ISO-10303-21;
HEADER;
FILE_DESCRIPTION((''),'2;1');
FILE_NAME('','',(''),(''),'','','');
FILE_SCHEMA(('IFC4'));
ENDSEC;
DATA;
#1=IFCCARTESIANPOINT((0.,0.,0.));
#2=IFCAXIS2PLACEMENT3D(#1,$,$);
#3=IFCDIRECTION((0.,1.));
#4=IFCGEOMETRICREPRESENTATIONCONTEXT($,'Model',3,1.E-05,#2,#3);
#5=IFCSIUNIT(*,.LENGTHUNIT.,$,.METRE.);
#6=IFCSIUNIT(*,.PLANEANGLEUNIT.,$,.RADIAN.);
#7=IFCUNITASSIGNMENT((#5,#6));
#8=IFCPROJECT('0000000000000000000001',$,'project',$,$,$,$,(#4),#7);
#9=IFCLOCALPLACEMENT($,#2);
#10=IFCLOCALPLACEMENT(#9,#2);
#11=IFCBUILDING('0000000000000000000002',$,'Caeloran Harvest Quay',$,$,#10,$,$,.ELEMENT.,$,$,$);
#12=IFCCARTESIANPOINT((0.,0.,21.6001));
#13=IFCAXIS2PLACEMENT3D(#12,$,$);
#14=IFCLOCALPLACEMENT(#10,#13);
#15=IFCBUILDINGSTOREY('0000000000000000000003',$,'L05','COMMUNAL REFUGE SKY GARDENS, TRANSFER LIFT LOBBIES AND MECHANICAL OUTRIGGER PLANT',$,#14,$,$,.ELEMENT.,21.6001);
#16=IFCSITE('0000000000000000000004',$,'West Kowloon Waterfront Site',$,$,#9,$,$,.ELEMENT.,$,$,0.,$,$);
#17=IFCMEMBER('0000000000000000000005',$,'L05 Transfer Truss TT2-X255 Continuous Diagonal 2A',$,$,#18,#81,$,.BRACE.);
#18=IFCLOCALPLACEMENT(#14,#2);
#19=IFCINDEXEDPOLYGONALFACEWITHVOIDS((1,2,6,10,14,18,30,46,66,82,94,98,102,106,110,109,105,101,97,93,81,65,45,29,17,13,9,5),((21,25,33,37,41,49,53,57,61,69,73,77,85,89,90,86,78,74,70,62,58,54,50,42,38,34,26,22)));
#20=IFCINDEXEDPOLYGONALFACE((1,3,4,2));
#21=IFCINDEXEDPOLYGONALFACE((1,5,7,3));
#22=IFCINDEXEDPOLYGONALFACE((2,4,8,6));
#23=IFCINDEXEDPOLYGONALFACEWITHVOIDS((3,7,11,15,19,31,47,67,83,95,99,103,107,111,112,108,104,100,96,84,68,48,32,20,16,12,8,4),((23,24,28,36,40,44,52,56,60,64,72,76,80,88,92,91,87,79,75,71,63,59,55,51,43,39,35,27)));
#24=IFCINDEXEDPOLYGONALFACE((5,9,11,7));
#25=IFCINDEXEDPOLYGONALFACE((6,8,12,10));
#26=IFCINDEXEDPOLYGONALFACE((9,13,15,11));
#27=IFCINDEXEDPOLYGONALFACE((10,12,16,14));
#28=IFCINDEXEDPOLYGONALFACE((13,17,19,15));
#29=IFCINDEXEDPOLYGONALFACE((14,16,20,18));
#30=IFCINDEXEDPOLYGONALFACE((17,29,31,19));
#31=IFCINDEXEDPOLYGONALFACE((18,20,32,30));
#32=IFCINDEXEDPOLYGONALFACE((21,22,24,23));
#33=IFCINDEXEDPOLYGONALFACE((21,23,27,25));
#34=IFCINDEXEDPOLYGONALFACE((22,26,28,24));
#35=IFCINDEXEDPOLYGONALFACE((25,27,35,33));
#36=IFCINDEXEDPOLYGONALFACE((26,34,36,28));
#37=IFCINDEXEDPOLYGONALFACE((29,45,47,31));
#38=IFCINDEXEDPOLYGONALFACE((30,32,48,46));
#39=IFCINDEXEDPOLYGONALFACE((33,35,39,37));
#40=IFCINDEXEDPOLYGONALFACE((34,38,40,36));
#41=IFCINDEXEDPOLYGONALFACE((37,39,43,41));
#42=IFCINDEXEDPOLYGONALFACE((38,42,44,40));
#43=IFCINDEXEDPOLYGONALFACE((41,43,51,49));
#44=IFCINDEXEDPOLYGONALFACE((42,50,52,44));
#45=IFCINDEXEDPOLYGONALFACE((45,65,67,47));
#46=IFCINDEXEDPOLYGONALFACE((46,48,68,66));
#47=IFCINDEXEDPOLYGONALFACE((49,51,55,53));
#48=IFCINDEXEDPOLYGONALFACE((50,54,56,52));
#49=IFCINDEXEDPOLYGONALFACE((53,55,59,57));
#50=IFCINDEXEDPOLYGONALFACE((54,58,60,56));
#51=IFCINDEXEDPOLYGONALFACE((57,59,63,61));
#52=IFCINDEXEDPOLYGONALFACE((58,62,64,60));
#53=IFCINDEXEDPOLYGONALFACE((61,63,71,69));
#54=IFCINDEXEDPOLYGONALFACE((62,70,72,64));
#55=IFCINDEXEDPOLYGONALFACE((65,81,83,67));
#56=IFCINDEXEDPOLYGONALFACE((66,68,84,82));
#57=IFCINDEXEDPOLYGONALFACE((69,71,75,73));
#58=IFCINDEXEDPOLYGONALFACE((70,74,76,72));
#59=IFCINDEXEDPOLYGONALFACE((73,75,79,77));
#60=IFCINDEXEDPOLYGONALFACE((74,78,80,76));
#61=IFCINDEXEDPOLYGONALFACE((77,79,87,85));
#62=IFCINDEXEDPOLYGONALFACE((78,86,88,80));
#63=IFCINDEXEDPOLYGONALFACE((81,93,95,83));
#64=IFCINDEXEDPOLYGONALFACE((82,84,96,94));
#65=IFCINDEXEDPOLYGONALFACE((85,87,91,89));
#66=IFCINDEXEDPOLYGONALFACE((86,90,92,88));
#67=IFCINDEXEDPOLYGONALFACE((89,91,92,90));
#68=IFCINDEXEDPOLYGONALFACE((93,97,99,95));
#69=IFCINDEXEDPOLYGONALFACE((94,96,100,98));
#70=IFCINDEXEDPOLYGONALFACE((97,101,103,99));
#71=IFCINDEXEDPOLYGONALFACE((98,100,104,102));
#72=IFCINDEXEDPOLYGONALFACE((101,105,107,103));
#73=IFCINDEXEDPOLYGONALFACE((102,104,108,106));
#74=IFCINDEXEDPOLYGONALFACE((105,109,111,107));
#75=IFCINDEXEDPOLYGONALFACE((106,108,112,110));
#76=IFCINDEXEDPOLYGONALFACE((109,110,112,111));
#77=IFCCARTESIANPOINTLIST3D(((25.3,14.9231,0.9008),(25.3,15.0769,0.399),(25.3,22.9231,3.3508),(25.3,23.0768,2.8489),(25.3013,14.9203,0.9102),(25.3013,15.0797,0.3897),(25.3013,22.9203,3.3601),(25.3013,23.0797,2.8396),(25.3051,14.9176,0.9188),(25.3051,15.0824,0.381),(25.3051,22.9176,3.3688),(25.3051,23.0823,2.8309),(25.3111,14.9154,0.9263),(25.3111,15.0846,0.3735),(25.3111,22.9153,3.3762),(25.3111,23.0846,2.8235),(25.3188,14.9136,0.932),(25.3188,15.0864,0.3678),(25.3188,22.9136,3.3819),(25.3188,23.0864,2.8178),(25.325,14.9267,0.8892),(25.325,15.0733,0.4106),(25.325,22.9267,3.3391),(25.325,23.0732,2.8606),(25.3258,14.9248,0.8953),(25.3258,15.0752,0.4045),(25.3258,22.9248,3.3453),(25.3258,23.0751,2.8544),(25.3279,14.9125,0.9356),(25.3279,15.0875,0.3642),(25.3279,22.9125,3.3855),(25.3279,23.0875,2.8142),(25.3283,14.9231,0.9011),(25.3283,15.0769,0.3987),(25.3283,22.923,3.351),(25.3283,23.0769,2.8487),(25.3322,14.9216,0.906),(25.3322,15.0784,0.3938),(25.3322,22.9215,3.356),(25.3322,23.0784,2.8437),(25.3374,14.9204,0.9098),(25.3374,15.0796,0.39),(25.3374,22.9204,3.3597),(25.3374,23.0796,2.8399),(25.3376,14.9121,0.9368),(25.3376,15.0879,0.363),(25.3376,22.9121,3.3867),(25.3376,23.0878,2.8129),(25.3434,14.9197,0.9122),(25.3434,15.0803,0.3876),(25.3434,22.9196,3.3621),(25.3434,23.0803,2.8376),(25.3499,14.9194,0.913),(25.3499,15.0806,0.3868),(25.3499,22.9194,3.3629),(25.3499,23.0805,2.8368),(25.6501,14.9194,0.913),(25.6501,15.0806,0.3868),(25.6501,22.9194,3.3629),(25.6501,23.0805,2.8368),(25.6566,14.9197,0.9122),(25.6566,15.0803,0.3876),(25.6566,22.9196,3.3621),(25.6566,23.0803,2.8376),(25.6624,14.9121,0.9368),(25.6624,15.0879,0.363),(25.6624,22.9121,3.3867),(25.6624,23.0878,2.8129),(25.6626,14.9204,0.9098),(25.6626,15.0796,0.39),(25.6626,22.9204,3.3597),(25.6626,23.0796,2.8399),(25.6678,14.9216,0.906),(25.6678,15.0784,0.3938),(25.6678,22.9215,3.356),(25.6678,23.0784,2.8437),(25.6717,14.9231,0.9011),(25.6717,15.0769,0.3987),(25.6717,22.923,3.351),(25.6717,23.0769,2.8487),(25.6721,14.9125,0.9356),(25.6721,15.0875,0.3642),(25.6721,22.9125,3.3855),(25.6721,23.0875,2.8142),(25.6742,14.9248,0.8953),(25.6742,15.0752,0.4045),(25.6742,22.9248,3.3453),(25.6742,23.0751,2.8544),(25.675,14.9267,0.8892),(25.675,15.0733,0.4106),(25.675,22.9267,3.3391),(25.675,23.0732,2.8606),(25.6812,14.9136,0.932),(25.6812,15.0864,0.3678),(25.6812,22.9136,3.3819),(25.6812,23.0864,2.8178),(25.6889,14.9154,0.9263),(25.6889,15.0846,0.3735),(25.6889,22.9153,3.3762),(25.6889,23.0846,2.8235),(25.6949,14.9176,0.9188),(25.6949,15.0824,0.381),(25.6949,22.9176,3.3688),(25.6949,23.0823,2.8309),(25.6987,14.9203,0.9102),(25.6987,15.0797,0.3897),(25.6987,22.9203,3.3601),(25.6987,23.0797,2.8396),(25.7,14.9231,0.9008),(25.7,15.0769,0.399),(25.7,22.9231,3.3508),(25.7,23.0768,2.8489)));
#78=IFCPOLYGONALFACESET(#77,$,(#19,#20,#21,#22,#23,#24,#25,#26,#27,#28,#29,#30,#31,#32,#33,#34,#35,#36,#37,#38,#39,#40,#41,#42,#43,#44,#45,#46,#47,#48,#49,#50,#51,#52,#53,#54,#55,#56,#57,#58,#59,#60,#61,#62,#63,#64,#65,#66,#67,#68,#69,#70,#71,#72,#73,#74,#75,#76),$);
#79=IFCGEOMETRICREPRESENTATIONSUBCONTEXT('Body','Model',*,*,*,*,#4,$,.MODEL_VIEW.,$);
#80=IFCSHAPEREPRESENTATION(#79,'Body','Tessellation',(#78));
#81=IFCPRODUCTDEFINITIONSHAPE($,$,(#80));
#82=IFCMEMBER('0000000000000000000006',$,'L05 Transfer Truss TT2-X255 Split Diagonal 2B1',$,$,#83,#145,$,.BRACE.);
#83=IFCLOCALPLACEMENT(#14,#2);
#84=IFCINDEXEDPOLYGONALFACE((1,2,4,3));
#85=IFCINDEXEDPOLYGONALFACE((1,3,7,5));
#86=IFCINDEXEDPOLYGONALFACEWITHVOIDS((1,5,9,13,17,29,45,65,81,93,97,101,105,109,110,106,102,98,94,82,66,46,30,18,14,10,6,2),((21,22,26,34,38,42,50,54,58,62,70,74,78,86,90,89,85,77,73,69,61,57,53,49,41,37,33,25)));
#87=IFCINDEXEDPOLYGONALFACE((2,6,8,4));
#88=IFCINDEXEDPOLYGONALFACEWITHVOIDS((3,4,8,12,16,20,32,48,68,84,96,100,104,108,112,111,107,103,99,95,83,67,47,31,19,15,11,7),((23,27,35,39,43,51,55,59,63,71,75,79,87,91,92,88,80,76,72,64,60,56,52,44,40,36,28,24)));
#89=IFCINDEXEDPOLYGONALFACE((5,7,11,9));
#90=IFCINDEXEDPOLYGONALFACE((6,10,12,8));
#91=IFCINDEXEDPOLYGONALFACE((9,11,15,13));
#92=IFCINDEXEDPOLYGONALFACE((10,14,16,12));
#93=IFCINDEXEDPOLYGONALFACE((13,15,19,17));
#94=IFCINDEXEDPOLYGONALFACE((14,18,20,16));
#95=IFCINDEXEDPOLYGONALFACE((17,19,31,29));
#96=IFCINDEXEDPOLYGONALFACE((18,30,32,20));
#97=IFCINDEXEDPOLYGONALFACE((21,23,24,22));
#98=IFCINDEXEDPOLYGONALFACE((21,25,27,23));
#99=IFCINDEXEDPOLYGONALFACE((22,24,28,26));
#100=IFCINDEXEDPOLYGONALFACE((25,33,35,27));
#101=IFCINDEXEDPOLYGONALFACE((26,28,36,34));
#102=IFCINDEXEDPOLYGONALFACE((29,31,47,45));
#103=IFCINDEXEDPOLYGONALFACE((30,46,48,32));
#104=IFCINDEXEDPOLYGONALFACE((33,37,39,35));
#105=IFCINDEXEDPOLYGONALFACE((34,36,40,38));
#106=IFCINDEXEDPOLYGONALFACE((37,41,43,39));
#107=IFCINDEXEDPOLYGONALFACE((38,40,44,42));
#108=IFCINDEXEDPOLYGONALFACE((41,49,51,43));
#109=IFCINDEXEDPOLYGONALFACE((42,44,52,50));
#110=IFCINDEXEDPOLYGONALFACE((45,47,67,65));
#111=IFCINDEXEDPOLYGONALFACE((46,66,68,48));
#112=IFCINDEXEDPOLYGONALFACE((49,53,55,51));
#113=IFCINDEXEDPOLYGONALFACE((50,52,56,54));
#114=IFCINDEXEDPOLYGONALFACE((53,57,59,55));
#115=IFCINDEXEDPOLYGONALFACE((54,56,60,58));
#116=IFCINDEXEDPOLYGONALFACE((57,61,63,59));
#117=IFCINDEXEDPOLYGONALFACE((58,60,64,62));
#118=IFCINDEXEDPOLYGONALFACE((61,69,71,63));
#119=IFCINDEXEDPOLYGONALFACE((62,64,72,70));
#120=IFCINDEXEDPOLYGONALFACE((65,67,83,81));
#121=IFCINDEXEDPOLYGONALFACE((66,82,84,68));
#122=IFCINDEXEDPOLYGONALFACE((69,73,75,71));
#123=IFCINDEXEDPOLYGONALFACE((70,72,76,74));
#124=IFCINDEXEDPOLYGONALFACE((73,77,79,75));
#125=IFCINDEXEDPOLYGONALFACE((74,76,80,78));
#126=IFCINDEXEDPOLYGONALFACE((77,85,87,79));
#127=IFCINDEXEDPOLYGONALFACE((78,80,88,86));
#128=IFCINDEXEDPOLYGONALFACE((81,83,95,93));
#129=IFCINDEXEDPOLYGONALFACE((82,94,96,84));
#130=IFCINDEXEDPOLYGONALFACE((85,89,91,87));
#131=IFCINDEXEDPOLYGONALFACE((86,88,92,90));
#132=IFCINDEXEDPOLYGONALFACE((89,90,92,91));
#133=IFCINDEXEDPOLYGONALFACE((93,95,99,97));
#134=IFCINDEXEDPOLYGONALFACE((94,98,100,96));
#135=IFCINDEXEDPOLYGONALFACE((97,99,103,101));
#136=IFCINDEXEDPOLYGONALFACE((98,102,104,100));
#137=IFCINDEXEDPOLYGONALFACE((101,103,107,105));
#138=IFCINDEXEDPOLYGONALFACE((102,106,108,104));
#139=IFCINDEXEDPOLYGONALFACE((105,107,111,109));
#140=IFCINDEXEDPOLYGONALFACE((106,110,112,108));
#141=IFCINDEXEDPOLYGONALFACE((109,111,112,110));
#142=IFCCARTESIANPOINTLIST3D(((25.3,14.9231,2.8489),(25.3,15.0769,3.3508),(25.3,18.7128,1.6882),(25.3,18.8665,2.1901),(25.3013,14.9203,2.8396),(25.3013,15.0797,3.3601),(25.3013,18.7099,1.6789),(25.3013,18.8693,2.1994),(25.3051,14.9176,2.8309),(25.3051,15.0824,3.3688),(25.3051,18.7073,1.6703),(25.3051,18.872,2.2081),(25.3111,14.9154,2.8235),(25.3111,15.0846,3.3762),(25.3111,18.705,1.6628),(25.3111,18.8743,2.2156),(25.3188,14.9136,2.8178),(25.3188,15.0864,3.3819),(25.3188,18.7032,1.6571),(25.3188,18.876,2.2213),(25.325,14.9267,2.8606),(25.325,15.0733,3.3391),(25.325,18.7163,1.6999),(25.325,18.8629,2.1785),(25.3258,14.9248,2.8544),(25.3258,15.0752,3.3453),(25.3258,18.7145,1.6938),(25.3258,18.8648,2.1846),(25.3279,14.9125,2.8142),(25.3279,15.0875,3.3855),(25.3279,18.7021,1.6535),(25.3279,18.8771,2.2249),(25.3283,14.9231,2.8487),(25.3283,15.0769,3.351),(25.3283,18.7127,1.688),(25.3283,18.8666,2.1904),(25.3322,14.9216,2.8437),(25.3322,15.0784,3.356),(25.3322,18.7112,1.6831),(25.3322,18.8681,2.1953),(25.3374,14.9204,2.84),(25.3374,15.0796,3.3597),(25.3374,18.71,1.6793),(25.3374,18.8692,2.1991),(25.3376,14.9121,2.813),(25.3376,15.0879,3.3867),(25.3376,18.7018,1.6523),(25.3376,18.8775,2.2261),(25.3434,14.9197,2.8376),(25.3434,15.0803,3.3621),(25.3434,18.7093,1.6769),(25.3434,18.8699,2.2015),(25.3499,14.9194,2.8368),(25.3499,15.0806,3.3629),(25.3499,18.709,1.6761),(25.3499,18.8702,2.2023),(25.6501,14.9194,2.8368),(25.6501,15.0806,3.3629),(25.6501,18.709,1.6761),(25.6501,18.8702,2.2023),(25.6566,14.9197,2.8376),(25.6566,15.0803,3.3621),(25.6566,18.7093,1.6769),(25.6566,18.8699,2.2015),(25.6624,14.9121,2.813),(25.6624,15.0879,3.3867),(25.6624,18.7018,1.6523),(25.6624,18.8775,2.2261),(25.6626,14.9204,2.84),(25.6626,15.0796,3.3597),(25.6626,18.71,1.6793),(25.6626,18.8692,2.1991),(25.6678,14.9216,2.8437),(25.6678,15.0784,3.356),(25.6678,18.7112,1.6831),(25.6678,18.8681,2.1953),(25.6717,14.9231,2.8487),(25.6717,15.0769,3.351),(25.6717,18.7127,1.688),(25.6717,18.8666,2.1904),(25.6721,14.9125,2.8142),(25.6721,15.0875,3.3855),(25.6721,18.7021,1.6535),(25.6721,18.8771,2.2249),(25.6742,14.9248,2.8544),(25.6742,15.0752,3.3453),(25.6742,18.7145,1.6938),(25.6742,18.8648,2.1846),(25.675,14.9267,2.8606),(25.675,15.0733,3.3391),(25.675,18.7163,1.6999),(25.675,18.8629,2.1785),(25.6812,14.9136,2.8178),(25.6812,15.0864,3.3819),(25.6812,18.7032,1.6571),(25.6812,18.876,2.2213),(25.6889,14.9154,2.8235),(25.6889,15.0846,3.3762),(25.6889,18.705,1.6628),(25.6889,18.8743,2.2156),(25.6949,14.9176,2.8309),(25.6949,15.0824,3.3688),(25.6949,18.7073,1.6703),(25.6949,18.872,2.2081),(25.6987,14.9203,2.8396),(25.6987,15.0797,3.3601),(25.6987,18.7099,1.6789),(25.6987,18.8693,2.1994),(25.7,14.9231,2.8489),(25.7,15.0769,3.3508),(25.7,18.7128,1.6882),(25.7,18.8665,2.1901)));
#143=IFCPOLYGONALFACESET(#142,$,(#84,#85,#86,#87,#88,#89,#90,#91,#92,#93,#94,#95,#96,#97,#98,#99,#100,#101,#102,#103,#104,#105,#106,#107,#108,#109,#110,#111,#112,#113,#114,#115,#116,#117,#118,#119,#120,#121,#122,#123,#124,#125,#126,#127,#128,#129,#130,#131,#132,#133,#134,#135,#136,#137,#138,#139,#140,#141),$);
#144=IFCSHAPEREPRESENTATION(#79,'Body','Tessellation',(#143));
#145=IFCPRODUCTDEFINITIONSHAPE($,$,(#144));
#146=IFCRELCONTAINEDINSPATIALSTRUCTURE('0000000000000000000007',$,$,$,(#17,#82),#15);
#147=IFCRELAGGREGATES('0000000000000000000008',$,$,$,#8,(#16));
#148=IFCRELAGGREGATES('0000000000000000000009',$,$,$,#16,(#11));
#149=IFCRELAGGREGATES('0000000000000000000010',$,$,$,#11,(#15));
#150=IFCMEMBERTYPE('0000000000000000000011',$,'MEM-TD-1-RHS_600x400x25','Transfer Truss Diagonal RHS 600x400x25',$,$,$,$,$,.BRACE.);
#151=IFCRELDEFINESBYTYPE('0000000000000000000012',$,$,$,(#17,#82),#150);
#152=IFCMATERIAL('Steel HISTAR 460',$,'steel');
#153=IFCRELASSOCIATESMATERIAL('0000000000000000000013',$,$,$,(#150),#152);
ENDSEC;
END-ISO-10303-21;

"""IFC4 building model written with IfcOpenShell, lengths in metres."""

from ifc_helpers import new_model, si_unit, direction, frame, origin, origin_2d, place, context, subcontext, project, spatial, hollow_rectangle, extrude, material, material_profile, profile_set, type_object, element, save


model = new_model("IFC4")

# Units and contexts
model_context = context("Model", 3, precision=1e-05, world=origin(), true_north=direction((0.0, 1.0)))
body_context = subcontext(model_context, "Body", "Model", "MODEL_VIEW")
ifc_project = project(units=[si_unit("LENGTHUNIT", "METRE"), si_unit("PLANEANGLEUNIT", "RADIAN")], contexts=[model_context])

# Site, building, storey
site_placement = place(None, origin())
site = spatial("IfcSite", under=ifc_project, at=site_placement, Name="West Kowloon Waterfront Site", CompositionType="ELEMENT", RefElevation=0.0)
building_placement = place(site_placement, origin())
building = spatial("IfcBuilding", under=site, at=building_placement, Name="Caeloran Harvest Quay", CompositionType="ELEMENT")
storey_placement = place(building_placement, frame((0.0, 0.0, 21.6001)))
storey = spatial("IfcBuildingStorey", under=building, at=storey_placement, Name="L05", Description="COMMUNAL REFUGE SKY GARDENS, TRANSFER LIFT LOBBIES AND MECHANICAL OUTRIGGER PLANT", CompositionType="ELEMENT", Elevation=21.6001)

# Shared definitions
ifc_material_1 = material(Name="Steel HISTAR 460", Category="steel")

# Members
ifc_material_profile_1 = material_profile(ifc_material_1, hollow_rectangle(XDim=0.3999, YDim=0.6001, WallThickness=0.0249, InnerFilletRadius=0.0249, OuterFilletRadius=0.0376, at=origin_2d()), Name="RHS 600x400x25")
ifc_profile_set_1 = profile_set([ifc_material_profile_1], Name="Steel HISTAR 460")
member_type_1 = type_object("IfcMemberType", Name="MEM-TD-1-RHS_600x400x25", Description="Transfer Truss Diagonal RHS 600x400x25", PredefinedType="BRACE", material=ifc_profile_set_1)
member_1_placement = place(storey_placement, frame((25.5, 15.0, 0.6499), z_axis=(0.0, 0.956167, 0.29282), x_axis=(-1.0, 0.0, 0.0)))
element("IfcMember", 1, at=member_1_placement, inside=storey, type_object=member_type_1, Name="L05 Transfer Truss TT2-X255 Continuous Diagonal 2A", PredefinedType="BRACE", context=body_context, shape_type="SweptSolid", body=[
    extrude(hollow_rectangle(XDim=0.3999, YDim=0.6001, WallThickness=0.0249, InnerFilletRadius=0.0249, OuterFilletRadius=0.0376, at=origin_2d()), origin(), (0.0, 0.0, 1.0), 8.3667),
])
member_2_placement = place(storey_placement, frame((25.5, 15.0, 3.0999), z_axis=(0.0, 0.956159, -0.292848), x_axis=(-1.0, 0.0, 0.0)))
element("IfcMember", 2, at=member_2_placement, inside=storey, type_object=member_type_1, Name="L05 Transfer Truss TT2-X255 Split Diagonal 2B1", PredefinedType="BRACE", context=body_context, shape_type="SweptSolid", body=[
    extrude(hollow_rectangle(XDim=0.3999, YDim=0.6001, WallThickness=0.0249, InnerFilletRadius=0.0249, OuterFilletRadius=0.0376, at=origin_2d()), origin(), (0.0, 0.0, 1.0), 3.9634),
])

save(model, "model.ifc")
